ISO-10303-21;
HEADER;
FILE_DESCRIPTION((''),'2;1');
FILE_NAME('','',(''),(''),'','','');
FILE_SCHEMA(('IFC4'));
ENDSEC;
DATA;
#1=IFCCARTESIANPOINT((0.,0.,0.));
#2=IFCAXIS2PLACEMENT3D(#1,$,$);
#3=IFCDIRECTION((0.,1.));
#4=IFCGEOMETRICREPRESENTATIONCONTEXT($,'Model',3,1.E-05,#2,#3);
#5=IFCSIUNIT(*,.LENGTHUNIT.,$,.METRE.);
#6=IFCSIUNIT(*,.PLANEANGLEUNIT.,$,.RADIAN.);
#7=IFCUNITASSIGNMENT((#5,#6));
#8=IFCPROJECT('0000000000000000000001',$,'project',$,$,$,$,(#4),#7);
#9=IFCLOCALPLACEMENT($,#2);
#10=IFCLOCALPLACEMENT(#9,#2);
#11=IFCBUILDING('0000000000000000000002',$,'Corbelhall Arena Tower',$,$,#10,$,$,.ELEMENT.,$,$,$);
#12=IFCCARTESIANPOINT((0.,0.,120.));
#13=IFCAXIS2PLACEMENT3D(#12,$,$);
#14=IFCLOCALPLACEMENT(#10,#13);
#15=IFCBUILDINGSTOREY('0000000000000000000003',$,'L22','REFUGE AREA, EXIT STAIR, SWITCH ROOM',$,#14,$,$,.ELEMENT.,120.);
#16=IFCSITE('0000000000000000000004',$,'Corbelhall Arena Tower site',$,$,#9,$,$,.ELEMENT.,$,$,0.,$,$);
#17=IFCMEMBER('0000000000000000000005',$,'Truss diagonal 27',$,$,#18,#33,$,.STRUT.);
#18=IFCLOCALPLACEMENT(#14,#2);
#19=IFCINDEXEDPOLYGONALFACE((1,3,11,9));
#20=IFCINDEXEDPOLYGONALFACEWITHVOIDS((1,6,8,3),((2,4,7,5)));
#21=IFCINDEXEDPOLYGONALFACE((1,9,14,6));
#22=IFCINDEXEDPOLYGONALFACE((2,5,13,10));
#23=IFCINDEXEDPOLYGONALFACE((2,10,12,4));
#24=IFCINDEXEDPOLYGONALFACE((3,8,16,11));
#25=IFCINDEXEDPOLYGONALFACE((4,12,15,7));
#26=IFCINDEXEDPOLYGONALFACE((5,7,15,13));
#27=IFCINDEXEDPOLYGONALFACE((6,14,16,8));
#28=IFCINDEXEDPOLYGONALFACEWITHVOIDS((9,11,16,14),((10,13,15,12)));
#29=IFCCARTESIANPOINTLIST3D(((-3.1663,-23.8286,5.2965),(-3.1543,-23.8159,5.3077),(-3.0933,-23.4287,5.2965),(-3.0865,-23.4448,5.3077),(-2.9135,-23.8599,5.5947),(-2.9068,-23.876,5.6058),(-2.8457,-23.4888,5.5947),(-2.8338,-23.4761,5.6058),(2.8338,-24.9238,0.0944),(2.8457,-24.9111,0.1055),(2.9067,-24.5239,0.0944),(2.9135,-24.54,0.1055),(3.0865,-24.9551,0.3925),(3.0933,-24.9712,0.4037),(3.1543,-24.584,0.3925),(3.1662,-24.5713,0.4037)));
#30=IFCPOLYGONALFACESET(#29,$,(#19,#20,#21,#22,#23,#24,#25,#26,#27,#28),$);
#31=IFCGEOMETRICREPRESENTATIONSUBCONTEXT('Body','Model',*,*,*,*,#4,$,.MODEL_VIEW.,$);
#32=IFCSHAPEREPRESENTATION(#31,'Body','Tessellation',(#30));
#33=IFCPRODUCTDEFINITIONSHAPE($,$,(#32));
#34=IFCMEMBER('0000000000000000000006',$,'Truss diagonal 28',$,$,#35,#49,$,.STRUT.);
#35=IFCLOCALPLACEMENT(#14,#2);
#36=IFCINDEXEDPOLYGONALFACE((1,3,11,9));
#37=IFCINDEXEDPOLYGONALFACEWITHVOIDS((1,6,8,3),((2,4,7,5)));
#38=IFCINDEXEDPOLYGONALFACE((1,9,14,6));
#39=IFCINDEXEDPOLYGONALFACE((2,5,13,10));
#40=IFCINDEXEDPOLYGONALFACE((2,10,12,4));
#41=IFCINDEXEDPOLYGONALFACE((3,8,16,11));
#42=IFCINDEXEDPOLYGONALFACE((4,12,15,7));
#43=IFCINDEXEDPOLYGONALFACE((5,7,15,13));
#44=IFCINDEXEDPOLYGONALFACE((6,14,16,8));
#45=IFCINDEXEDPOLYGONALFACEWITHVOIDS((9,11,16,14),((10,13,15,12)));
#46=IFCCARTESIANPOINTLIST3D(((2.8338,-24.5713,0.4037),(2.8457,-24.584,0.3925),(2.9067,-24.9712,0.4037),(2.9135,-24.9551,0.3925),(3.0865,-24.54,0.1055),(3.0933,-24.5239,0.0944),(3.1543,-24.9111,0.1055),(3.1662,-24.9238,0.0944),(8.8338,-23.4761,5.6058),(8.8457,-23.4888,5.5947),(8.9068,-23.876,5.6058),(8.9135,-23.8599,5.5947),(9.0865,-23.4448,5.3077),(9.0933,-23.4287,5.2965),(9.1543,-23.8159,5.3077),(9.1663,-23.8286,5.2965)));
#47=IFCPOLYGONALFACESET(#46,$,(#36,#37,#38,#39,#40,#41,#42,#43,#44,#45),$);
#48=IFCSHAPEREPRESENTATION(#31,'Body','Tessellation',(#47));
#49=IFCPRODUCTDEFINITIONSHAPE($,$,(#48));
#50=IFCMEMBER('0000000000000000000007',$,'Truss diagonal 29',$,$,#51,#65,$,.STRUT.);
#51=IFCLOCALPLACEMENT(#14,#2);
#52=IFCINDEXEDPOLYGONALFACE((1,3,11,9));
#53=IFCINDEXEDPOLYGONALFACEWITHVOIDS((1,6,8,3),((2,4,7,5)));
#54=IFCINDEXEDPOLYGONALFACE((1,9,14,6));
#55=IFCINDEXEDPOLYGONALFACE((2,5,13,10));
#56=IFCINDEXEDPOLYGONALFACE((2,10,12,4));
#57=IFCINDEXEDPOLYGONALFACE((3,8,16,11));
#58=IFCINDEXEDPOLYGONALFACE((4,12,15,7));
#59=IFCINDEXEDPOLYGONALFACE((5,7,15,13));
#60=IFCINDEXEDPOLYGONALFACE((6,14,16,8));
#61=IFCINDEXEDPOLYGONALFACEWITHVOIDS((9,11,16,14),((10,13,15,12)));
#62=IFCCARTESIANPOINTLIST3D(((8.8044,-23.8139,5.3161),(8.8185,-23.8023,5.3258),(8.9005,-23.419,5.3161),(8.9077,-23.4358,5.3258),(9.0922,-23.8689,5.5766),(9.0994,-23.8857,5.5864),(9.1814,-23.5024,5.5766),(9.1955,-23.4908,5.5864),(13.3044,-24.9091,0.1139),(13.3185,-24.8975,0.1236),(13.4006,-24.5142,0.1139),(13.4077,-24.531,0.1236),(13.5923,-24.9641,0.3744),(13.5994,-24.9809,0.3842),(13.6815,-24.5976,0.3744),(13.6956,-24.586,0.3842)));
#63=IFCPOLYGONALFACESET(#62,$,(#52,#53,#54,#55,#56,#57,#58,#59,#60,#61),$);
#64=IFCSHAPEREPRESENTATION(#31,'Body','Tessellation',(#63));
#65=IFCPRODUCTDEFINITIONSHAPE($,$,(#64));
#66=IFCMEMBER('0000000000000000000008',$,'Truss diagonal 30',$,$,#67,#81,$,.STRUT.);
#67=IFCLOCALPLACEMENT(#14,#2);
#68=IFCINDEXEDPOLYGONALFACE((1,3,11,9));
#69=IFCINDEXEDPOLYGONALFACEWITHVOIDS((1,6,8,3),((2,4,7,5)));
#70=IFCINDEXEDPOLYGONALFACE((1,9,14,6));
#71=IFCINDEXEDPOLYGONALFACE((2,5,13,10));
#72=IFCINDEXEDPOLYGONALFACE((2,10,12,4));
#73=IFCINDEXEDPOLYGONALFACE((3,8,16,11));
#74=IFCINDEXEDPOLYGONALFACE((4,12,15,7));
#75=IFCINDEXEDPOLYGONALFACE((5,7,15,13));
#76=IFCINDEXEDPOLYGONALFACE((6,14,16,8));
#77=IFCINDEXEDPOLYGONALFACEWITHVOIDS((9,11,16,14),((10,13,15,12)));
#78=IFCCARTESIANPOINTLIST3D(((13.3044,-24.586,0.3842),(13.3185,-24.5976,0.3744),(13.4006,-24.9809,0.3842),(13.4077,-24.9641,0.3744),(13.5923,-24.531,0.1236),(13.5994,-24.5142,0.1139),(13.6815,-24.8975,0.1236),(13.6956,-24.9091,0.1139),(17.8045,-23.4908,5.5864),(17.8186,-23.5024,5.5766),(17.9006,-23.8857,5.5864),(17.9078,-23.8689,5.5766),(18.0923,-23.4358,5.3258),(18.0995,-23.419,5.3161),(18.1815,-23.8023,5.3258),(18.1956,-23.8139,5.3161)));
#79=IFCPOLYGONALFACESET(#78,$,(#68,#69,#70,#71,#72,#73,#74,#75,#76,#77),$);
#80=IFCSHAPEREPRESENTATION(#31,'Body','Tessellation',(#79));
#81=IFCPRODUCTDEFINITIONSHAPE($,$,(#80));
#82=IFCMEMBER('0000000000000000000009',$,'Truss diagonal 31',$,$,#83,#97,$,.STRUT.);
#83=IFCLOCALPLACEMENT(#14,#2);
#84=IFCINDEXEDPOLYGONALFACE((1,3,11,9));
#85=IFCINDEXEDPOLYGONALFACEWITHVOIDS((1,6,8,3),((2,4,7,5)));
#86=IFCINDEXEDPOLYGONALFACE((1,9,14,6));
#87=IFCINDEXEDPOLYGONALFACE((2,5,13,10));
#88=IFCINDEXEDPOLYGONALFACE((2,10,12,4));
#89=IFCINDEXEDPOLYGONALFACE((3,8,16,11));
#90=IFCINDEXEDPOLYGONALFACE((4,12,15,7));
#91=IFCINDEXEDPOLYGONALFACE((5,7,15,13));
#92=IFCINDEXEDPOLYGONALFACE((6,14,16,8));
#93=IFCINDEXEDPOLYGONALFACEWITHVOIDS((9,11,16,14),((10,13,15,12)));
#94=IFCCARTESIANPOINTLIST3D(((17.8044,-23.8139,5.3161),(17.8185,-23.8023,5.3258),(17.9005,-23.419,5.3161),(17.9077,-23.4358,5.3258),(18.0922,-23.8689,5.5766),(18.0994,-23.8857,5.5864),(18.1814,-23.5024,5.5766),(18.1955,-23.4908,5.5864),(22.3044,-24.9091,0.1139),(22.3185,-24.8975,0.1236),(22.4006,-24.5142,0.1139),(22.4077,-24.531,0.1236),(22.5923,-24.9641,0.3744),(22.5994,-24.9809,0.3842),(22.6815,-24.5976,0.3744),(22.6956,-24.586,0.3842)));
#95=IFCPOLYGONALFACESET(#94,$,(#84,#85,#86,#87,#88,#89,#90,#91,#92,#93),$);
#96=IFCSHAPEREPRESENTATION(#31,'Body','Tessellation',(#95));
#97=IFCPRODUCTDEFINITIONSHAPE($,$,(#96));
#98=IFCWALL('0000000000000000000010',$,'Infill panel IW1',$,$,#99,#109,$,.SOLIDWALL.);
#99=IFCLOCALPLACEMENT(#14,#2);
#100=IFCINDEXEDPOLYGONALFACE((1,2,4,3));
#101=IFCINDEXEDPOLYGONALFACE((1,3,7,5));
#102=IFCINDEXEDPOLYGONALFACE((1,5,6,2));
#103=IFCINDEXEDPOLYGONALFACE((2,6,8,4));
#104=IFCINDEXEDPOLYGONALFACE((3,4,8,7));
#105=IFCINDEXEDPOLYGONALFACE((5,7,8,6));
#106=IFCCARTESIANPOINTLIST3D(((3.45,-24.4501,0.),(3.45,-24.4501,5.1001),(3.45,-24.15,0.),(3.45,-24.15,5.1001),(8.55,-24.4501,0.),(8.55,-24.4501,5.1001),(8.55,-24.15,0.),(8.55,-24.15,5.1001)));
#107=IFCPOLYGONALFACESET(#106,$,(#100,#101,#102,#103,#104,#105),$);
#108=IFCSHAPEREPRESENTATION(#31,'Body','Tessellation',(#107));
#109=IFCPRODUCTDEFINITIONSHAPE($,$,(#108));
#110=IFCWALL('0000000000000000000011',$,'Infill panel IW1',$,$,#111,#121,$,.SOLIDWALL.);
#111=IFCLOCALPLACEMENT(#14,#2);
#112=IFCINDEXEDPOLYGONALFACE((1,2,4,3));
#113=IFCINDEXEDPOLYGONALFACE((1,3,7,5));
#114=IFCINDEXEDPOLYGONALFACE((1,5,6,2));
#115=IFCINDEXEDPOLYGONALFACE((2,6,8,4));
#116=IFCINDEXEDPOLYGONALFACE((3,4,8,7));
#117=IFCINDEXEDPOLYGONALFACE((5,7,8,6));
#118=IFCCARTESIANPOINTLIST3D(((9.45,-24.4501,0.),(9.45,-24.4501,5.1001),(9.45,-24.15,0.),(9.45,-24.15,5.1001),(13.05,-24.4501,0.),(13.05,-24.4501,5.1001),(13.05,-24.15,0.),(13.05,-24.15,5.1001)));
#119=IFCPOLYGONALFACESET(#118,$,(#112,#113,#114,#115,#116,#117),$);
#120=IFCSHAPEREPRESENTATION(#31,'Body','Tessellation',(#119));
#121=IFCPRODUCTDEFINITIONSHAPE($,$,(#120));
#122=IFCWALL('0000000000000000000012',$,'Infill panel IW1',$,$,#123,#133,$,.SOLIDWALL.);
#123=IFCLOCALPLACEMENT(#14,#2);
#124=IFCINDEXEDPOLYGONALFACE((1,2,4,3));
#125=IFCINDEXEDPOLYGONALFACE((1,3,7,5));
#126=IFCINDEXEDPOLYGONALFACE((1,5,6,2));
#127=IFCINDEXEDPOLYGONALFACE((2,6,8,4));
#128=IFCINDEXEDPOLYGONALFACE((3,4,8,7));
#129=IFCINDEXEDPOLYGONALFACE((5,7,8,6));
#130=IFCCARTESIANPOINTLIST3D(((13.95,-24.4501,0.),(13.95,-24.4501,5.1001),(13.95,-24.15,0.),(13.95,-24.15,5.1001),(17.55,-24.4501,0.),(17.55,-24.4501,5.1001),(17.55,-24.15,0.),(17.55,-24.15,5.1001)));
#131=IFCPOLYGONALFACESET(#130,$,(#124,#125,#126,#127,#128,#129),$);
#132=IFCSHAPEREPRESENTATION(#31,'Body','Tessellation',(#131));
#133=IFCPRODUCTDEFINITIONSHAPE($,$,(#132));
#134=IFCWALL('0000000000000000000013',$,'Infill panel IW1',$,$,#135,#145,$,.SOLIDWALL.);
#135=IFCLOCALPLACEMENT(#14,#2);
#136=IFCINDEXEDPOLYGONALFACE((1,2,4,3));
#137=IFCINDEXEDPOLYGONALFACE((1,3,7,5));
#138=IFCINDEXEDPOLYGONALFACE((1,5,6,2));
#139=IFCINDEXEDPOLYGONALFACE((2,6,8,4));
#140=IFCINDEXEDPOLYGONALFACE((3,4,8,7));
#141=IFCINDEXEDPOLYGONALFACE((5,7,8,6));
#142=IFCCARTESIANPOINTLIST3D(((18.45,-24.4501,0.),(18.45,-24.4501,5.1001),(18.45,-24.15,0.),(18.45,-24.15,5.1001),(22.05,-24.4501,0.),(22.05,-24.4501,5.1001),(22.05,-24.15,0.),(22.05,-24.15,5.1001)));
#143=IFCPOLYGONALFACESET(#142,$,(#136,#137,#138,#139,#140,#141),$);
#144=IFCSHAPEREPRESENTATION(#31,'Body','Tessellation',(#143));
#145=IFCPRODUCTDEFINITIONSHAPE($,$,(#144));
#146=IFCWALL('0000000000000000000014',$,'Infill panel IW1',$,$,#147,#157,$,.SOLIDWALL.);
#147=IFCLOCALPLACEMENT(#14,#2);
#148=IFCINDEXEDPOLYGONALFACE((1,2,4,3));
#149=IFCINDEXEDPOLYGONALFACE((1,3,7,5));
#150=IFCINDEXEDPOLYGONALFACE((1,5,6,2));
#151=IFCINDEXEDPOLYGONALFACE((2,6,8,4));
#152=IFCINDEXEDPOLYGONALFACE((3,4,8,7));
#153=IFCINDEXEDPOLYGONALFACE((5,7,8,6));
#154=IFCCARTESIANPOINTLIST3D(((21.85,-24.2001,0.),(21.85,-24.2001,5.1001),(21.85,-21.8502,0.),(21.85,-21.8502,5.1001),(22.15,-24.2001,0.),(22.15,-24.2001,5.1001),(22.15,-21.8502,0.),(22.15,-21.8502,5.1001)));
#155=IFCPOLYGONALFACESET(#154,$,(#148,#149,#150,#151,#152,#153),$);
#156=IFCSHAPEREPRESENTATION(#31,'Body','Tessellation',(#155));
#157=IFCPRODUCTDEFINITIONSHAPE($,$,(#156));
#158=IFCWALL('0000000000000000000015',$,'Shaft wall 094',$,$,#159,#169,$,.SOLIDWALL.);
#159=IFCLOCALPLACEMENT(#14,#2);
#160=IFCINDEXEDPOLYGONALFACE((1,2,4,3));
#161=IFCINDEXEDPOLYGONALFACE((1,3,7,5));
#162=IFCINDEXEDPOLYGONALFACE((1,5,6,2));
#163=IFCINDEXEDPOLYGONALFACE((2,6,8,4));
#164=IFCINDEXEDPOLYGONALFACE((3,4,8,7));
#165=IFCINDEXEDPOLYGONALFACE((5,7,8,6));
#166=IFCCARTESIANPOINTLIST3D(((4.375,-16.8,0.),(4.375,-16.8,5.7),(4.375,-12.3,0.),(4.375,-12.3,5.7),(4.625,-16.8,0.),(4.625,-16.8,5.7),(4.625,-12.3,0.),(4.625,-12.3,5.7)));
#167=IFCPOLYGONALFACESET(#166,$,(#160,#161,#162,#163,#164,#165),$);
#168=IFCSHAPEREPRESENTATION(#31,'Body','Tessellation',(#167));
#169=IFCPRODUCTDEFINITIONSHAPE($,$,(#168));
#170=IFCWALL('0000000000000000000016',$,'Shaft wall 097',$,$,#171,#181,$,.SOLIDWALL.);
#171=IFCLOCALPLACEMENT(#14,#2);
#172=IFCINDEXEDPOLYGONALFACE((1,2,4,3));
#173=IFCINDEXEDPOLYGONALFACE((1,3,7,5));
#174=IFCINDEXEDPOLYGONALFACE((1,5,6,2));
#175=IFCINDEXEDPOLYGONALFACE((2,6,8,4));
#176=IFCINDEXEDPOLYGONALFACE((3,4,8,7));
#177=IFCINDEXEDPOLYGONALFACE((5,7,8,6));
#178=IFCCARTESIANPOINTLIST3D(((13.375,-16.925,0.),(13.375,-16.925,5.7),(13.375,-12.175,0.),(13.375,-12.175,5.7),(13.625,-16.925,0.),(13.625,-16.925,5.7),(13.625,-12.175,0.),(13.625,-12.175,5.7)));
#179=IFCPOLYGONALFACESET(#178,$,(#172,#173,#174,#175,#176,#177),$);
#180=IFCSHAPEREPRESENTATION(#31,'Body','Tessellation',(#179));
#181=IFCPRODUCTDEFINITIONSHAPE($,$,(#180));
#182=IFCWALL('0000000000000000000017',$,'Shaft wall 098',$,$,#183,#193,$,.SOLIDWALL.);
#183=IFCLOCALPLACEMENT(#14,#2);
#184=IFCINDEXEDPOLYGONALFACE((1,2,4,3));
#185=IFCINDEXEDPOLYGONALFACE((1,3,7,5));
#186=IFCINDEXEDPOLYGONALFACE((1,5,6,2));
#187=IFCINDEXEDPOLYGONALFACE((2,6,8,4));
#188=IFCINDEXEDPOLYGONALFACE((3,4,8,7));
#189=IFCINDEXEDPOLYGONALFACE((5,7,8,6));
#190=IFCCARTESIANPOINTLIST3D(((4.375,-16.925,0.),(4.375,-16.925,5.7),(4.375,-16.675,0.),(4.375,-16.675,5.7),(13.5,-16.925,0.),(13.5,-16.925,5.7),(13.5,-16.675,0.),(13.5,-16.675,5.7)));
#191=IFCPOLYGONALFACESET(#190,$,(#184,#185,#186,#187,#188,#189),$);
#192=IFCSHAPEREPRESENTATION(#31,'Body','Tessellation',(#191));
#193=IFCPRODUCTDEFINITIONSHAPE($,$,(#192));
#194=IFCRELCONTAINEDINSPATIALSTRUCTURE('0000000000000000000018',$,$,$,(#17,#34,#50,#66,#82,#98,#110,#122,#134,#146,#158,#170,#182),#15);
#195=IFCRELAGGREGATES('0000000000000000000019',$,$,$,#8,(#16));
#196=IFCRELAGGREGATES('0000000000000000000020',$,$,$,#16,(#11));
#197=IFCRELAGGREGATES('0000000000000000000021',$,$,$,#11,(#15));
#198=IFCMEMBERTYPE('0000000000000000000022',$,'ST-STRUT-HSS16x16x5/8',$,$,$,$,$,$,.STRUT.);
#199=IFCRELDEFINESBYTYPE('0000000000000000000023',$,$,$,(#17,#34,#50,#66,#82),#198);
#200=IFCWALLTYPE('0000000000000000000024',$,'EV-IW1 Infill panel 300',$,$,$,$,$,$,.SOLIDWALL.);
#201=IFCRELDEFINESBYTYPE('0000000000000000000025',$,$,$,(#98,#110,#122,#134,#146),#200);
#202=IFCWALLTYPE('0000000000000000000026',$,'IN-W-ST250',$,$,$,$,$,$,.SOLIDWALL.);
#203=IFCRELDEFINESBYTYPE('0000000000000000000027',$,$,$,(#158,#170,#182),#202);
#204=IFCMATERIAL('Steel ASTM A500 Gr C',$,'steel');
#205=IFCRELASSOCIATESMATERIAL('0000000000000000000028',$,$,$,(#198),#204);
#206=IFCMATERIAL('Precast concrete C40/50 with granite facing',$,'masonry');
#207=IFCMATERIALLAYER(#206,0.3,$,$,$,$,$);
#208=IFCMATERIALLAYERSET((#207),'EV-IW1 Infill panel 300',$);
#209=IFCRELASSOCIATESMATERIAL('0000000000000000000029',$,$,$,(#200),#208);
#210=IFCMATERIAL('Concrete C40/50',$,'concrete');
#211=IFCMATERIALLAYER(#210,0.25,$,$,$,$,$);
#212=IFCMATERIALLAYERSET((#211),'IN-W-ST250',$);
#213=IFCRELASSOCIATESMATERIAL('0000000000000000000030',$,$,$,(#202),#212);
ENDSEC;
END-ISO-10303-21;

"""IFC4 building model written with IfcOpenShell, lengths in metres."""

from ifc_helpers import new_model, si_unit, direction, frame, frame_2d, origin, origin_2d, place, context, subcontext, project, spatial, rectangle, hollow_rectangle, extrude, material, layer, layer_set, material_profile, profile_set, type_object, element, save


model = new_model("IFC4")

# Units and contexts
model_context = context("Model", 3, precision=1e-05, world=origin(), true_north=direction((0.0, 1.0)))
body_context = subcontext(model_context, "Body", "Model", "MODEL_VIEW")
ifc_project = project(units=[si_unit("LENGTHUNIT", "METRE"), si_unit("PLANEANGLEUNIT", "RADIAN")], contexts=[model_context])

# Site, building, storey
site_placement = place(None, origin())
site = spatial("IfcSite", under=ifc_project, at=site_placement, Name="Corbelhall Arena Tower site", CompositionType="ELEMENT", RefElevation=0.0)
building_placement = place(site_placement, origin())
building = spatial("IfcBuilding", under=site, at=building_placement, Name="Corbelhall Arena Tower", CompositionType="ELEMENT")
storey_placement = place(building_placement, frame((0.0, 0.0, 120.0)))
storey = spatial("IfcBuildingStorey", under=building, at=storey_placement, Name="L22", Description="REFUGE AREA, EXIT STAIR, SWITCH ROOM", CompositionType="ELEMENT", Elevation=120.0)

# Members
ifc_material_1 = material(Name="Steel ASTM A500 Gr C", Category="steel")
ifc_material_profile_1 = material_profile(ifc_material_1, hollow_rectangle(XDim=0.4065, YDim=0.4065, WallThickness=0.0146, at=origin_2d()))
ifc_profile_set_1 = profile_set([ifc_material_profile_1], Name="Steel ASTM A500 Gr C")
member_type_1 = type_object("IfcMemberType", Name="ST-STRUT-HSS16x16x5/8", PredefinedType="STRUT", material=ifc_profile_set_1)
for number, where, z_axis, x_axis, name in (
    (1, (3.0, -24.7476, 0.249), (-0.74847, 0.136623, 0.648942), (-0.179569, -0.983745, 0.0), "Truss diagonal 27"),
    (2, (3.0, -24.7476, 0.249), (0.74847, 0.136623, 0.648942), (-0.179569, 0.983745, 0.0), "Truss diagonal 28"),
):
    element("IfcMember", number, at=place(storey_placement, frame(where, z_axis=z_axis, x_axis=x_axis)), inside=storey, type_object=member_type_1, Name=name, PredefinedType="STRUT", context=body_context, shape_type="SweptSolid", body=[
        extrude(hollow_rectangle(XDim=0.4065, YDim=0.4065, WallThickness=0.0146, at=origin_2d()), origin(), (0.0, 0.0, 1.0), 8.0164),
    ])
for number, where, z_axis, x_axis, name in (
    (3, (13.5, -24.7476, 0.249), (-0.646083, 0.157244, 0.746894), (-0.236478, -0.971637, 0.0), "Truss diagonal 29"),
    (4, (13.5, -24.7476, 0.249), (0.646083, 0.157244, 0.746894), (-0.236478, 0.971637, 0.0), "Truss diagonal 30"),
    (5, (22.5, -24.7476, 0.249), (-0.646083, 0.157244, 0.746894), (-0.236478, -0.971637, 0.0), "Truss diagonal 31"),
):
    element("IfcMember", number, at=place(storey_placement, frame(where, z_axis=z_axis, x_axis=x_axis)), inside=storey, type_object=member_type_1, Name=name, PredefinedType="STRUT", context=body_context, shape_type="SweptSolid", body=[
        extrude(hollow_rectangle(XDim=0.4065, YDim=0.4065, WallThickness=0.0146, at=origin_2d()), origin(), (0.0, 0.0, 1.0), 6.9651),
    ])

# Walls
ifc_material_2 = material(Name="Precast concrete C40/50 with granite facing", Category="masonry")
ifc_layer_1 = layer(ifc_material_2, 0.3)
ifc_layer_set_1 = layer_set([ifc_layer_1], Name="EV-IW1 Infill panel 300")
wall_type_1 = type_object("IfcWallType", Name="EV-IW1 Infill panel 300", PredefinedType="SOLIDWALL", material=ifc_layer_set_1)
wall_1_placement = place(storey_placement, frame((3.45, -24.3, 0.0), z_axis=(0.0, 0.0, 1.0), x_axis=(1.0, 0.0, 0.0)))
element("IfcWall", 6, at=wall_1_placement, inside=storey, type_object=wall_type_1, Name="Infill panel IW1", PredefinedType="SOLIDWALL", context=body_context, shape_type="SweptSolid", body=[
    extrude(rectangle(XDim=5.1001, YDim=0.3, at=frame_2d((2.55, 0.0))), origin(), (0.0, 0.0, 1.0), 5.1001),
])
for number, where, z_axis, x_axis, name in (
    (7, (9.45, -24.3, 0.0), (0.0, 0.0, 1.0), (1.0, 0.0, 0.0), "Infill panel IW1"),
    (8, (13.95, -24.3, 0.0), (0.0, 0.0, 1.0), (1.0, 0.0, 0.0), "Infill panel IW1"),
    (9, (18.45, -24.3, 0.0), (0.0, 0.0, 1.0), (1.0, 0.0, 0.0), "Infill panel IW1"),
):
    element("IfcWall", number, at=place(storey_placement, frame(where, z_axis=z_axis, x_axis=x_axis)), inside=storey, type_object=wall_type_1, Name=name, PredefinedType="SOLIDWALL", context=body_context, shape_type="SweptSolid", body=[
        extrude(rectangle(XDim=3.6001, YDim=0.3, at=frame_2d((1.8, 0.0))), origin(), (0.0, 0.0, 1.0), 5.1001),
    ])
wall_2_placement = place(storey_placement, frame((22.0, -24.2, 0.0), z_axis=(0.0, 0.0, 1.0), x_axis=(0.0, 1.0, 0.0)))
element("IfcWall", 10, at=wall_2_placement, inside=storey, type_object=wall_type_1, Name="Infill panel IW1", PredefinedType="SOLIDWALL", context=body_context, shape_type="SweptSolid", body=[
    extrude(rectangle(XDim=2.3499, YDim=0.3, at=frame_2d((1.1748, 0.0))), origin(), (0.0, 0.0, 1.0), 5.1001),
])

# Walls
ifc_material_3 = material(Name="Concrete C40/50", Category="concrete")
ifc_layer_2 = layer(ifc_material_3, 0.25)
ifc_layer_set_2 = layer_set([ifc_layer_2], Name="IN-W-ST250")
wall_type_2 = type_object("IfcWallType", Name="IN-W-ST250", PredefinedType="SOLIDWALL", material=ifc_layer_set_2)
wall_3_placement = place(storey_placement, frame((4.5, -16.8, 0.0), z_axis=(0.0, 0.0, 1.0), x_axis=(0.0, 1.0, 0.0)))
element("IfcWall", 11, at=wall_3_placement, inside=storey, type_object=wall_type_2, Name="Shaft wall 094", PredefinedType="SOLIDWALL", context=body_context, shape_type="SweptSolid", body=[
    extrude(rectangle(XDim=4.5, YDim=0.25, at=frame_2d((2.25, 0.0))), origin(), (0.0, 0.0, 1.0), 5.7),
])
wall_4_placement = place(storey_placement, frame((13.5, -16.925, 0.0), z_axis=(0.0, 0.0, 1.0), x_axis=(0.0, 1.0, 0.0)))
element("IfcWall", 12, at=wall_4_placement, inside=storey, type_object=wall_type_2, Name="Shaft wall 097", PredefinedType="SOLIDWALL", context=body_context, shape_type="SweptSolid", body=[
    extrude(rectangle(XDim=4.75, YDim=0.25, at=frame_2d((2.375, 0.0))), origin(), (0.0, 0.0, 1.0), 5.7),
])
wall_5_placement = place(storey_placement, frame((13.5, -16.8, 0.0), z_axis=(0.0, 0.0, 1.0), x_axis=(-1.0, 0.0, 0.0)))
element("IfcWall", 13, at=wall_5_placement, inside=storey, type_object=wall_type_2, Name="Shaft wall 098", PredefinedType="SOLIDWALL", context=body_context, shape_type="SweptSolid", body=[
    extrude(rectangle(XDim=9.125, YDim=0.25, at=frame_2d((4.5625, 0.0))), origin(), (0.0, 0.0, 1.0), 5.7),
])

save(model, "model.ifc")
